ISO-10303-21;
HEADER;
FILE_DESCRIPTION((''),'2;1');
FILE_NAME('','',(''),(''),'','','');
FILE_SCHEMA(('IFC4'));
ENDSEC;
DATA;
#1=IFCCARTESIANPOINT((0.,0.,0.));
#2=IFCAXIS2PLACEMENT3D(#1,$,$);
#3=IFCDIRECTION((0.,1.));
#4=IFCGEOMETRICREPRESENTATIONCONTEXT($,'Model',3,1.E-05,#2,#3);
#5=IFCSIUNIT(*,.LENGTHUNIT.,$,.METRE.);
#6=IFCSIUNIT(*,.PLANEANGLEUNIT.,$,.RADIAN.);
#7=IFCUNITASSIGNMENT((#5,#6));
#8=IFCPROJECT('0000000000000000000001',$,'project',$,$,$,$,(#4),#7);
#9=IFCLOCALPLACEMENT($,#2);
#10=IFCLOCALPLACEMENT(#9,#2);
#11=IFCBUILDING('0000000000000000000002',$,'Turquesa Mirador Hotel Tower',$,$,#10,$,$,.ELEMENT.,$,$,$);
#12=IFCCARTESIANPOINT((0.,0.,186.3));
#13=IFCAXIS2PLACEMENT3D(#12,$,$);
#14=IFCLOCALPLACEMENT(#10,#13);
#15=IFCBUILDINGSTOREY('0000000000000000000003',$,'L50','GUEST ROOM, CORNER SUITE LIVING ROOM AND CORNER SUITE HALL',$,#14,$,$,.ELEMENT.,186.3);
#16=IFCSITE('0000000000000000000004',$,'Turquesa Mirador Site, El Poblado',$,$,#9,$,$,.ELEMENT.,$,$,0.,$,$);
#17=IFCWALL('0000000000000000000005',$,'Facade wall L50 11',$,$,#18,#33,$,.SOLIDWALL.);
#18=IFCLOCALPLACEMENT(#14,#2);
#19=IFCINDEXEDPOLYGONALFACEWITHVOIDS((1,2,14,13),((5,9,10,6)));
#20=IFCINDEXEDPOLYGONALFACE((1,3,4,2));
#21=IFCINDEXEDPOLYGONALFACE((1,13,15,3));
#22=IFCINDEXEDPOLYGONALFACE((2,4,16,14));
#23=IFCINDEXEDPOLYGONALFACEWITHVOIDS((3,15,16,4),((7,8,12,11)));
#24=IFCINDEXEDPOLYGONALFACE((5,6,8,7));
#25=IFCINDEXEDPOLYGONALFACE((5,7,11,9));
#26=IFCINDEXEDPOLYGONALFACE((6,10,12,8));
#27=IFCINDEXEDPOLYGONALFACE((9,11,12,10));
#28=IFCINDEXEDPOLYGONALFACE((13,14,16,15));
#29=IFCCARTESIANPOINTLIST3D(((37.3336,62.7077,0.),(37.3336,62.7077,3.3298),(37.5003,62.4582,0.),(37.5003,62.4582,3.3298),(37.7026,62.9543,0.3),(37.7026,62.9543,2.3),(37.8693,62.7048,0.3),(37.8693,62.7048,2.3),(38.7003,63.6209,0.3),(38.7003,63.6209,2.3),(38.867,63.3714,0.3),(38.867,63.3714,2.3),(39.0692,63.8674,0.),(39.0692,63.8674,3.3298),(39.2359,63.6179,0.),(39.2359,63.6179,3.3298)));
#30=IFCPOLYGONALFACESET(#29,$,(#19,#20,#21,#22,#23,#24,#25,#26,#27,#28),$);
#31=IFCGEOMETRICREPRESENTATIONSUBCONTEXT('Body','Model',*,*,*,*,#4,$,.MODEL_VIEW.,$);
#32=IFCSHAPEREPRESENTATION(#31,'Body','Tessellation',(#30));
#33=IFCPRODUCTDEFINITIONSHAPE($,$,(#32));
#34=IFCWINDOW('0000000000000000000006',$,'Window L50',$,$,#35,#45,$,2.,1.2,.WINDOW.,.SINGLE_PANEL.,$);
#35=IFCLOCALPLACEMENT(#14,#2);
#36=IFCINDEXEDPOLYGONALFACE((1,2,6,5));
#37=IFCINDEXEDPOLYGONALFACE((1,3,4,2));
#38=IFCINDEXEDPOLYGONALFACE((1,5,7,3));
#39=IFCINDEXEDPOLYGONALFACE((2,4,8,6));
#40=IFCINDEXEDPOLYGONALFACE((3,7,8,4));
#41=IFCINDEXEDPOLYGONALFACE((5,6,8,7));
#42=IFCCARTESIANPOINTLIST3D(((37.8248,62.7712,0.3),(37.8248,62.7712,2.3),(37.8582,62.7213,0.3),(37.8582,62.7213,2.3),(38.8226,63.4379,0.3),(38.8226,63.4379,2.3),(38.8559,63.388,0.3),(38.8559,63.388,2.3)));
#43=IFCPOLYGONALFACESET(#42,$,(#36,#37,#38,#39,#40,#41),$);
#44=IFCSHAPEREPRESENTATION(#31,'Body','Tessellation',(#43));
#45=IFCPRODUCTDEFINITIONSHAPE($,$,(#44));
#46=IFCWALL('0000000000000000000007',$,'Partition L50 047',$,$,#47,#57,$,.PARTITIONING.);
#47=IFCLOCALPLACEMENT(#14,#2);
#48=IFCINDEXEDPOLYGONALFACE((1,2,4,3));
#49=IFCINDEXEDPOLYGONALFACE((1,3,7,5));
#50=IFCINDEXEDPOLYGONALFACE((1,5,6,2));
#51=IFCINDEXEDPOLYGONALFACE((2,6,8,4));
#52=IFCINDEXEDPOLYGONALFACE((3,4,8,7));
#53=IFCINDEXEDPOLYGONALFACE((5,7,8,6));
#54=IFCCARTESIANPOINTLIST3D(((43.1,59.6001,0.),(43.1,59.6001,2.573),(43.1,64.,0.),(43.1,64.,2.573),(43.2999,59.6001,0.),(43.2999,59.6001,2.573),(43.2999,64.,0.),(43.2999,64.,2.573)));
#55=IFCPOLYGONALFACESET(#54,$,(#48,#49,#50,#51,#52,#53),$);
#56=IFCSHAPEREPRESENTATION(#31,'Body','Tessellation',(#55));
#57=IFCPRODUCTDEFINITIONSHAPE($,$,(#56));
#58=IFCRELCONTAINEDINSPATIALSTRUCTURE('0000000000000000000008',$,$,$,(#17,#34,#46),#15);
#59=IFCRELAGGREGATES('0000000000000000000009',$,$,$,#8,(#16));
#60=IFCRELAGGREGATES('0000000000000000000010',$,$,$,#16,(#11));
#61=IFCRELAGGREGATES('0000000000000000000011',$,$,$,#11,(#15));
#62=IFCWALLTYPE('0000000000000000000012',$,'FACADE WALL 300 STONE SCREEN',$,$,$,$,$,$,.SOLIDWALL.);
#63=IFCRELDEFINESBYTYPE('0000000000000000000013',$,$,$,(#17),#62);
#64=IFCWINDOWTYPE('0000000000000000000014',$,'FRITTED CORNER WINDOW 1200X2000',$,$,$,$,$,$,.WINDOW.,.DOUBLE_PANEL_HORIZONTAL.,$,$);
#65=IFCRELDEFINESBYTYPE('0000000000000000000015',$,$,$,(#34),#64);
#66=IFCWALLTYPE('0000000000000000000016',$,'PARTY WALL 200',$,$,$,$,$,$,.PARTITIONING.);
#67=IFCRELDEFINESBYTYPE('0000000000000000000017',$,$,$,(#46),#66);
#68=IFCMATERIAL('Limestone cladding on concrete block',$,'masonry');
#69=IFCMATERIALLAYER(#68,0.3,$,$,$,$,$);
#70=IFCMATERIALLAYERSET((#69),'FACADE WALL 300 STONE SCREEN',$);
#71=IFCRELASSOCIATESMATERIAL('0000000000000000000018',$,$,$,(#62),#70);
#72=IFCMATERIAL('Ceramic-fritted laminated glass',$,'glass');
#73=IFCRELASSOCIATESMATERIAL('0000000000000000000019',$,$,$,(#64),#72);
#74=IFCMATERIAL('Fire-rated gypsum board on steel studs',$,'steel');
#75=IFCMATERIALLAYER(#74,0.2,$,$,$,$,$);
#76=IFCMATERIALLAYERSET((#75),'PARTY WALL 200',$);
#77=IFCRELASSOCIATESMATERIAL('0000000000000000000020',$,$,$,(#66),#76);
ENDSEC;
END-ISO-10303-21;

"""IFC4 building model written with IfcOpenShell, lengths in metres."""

from ifc_helpers import new_model, si_unit, direction, frame, frame_2d, origin, place, context, subcontext, project, spatial, rectangle, extrude, material, layer, layer_set, type_object, element, fill, save


model = new_model("IFC4")

# Units and contexts
model_context = context("Model", 3, precision=1e-05, world=origin(), true_north=direction((0.0, 1.0)))
body_context = subcontext(model_context, "Body", "Model", "MODEL_VIEW")
ifc_project = project(units=[si_unit("LENGTHUNIT", "METRE"), si_unit("PLANEANGLEUNIT", "RADIAN")], contexts=[model_context])

# Site, building, storey
site_placement = place(None, origin())
site = spatial("IfcSite", under=ifc_project, at=site_placement, Name="Turquesa Mirador Site, El Poblado", CompositionType="ELEMENT", RefElevation=0.0)
building_placement = place(site_placement, origin())
building = spatial("IfcBuilding", under=site, at=building_placement, Name="Turquesa Mirador Hotel Tower", CompositionType="ELEMENT")
storey_placement = place(building_placement, frame((0.0, 0.0, 186.3)))
storey = spatial("IfcBuildingStorey", under=building, at=storey_placement, Name="L50", Description="GUEST ROOM, CORNER SUITE LIVING ROOM AND CORNER SUITE HALL", CompositionType="ELEMENT", Elevation=186.3)

# Wall, opening, window
ifc_material_1 = material(Name="Limestone cladding on concrete block", Category="masonry")
ifc_layer_1 = layer(ifc_material_1, 0.3)
ifc_layer_set_1 = layer_set([ifc_layer_1], Name="FACADE WALL 300 STONE SCREEN")
wall_type_1 = type_object("IfcWallType", Name="FACADE WALL 300 STONE SCREEN", PredefinedType="SOLIDWALL", material=ifc_layer_set_1)
ifc_material_2 = material(Name="Ceramic-fritted laminated glass", Category="glass")
window_type = type_object("IfcWindowType", Name="FRITTED CORNER WINDOW 1200X2000", PartitioningType="DOUBLE_PANEL_HORIZONTAL", PredefinedType="WINDOW", material=ifc_material_2)
wall_1_placement = place(storey_placement, frame((39.1526, 63.7427, 0.0), z_axis=(0.0, 0.0, 1.0), x_axis=(-0.831474, -0.555564, 0.0)))
wall_1 = element("IfcWall", 1, at=wall_1_placement, inside=storey, type_object=wall_type_1, Name="Facade wall L50 11", PredefinedType="SOLIDWALL", context=body_context, shape_type="SweptSolid", body=[
    extrude(rectangle(XDim=2.0874, YDim=0.3, at=frame_2d((1.0437, 0.0))), origin(), (0.0, 0.0, 1.0), 3.3298),
])
opening_1_placement = place(wall_1_placement, frame((0.4436, 0.0, 0.3)))
opening_1 = element("IfcOpeningElement", 2, at=opening_1_placement, cuts=wall_1, PredefinedType="OPENING", context=body_context, shape_type="SweptSolid", body=[
    extrude(rectangle(XDim=1.2, YDim=2.0, at=frame_2d((0.6001, 1.0))), frame((0.0, 0.1599, 0.0), z_axis=(0.0, -1.0, 0.0), x_axis=(1.0, 0.0, 0.0)), (0.0, 0.0, 1.0), 0.3201),
])
window_1_placement = place(opening_1_placement, origin())
window_1 = element("IfcWindow", 3, at=window_1_placement, inside=storey, type_object=window_type, Name="Window L50", OverallHeight=2.0, OverallWidth=1.2, PartitioningType="SINGLE_PANEL", PredefinedType="WINDOW", context=body_context, shape_type="SweptSolid", body=[
    extrude(rectangle(XDim=1.2, YDim=2.0, at=frame_2d((0.6001, 1.0))), frame((0.0, 0.1301, 0.0), z_axis=(0.0, -1.0, 0.0), x_axis=(1.0, 0.0, 0.0)), (0.0, 0.0, 1.0), 0.0601),
])
fill(opening_1, window_1)

# Wall
ifc_material_3 = material(Name="Fire-rated gypsum board on steel studs", Category="steel")
ifc_layer_2 = layer(ifc_material_3, 0.2)
ifc_layer_set_2 = layer_set([ifc_layer_2], Name="PARTY WALL 200")
wall_type_2 = type_object("IfcWallType", Name="PARTY WALL 200", PredefinedType="PARTITIONING", material=ifc_layer_set_2)
wall_2_placement = place(storey_placement, frame((43.2, 59.6001, 0.0), z_axis=(0.0, 0.0, 1.0), x_axis=(0.0, 1.0, 0.0)))
element("IfcWall", 4, at=wall_2_placement, inside=storey, type_object=wall_type_2, Name="Partition L50 047", PredefinedType="PARTITIONING", context=body_context, shape_type="SweptSolid", body=[
    extrude(rectangle(XDim=4.3999, YDim=0.2, at=frame_2d((2.2, 0.0))), origin(), (0.0, 0.0, 1.0), 2.573),
])

save(model, "model.ifc")
